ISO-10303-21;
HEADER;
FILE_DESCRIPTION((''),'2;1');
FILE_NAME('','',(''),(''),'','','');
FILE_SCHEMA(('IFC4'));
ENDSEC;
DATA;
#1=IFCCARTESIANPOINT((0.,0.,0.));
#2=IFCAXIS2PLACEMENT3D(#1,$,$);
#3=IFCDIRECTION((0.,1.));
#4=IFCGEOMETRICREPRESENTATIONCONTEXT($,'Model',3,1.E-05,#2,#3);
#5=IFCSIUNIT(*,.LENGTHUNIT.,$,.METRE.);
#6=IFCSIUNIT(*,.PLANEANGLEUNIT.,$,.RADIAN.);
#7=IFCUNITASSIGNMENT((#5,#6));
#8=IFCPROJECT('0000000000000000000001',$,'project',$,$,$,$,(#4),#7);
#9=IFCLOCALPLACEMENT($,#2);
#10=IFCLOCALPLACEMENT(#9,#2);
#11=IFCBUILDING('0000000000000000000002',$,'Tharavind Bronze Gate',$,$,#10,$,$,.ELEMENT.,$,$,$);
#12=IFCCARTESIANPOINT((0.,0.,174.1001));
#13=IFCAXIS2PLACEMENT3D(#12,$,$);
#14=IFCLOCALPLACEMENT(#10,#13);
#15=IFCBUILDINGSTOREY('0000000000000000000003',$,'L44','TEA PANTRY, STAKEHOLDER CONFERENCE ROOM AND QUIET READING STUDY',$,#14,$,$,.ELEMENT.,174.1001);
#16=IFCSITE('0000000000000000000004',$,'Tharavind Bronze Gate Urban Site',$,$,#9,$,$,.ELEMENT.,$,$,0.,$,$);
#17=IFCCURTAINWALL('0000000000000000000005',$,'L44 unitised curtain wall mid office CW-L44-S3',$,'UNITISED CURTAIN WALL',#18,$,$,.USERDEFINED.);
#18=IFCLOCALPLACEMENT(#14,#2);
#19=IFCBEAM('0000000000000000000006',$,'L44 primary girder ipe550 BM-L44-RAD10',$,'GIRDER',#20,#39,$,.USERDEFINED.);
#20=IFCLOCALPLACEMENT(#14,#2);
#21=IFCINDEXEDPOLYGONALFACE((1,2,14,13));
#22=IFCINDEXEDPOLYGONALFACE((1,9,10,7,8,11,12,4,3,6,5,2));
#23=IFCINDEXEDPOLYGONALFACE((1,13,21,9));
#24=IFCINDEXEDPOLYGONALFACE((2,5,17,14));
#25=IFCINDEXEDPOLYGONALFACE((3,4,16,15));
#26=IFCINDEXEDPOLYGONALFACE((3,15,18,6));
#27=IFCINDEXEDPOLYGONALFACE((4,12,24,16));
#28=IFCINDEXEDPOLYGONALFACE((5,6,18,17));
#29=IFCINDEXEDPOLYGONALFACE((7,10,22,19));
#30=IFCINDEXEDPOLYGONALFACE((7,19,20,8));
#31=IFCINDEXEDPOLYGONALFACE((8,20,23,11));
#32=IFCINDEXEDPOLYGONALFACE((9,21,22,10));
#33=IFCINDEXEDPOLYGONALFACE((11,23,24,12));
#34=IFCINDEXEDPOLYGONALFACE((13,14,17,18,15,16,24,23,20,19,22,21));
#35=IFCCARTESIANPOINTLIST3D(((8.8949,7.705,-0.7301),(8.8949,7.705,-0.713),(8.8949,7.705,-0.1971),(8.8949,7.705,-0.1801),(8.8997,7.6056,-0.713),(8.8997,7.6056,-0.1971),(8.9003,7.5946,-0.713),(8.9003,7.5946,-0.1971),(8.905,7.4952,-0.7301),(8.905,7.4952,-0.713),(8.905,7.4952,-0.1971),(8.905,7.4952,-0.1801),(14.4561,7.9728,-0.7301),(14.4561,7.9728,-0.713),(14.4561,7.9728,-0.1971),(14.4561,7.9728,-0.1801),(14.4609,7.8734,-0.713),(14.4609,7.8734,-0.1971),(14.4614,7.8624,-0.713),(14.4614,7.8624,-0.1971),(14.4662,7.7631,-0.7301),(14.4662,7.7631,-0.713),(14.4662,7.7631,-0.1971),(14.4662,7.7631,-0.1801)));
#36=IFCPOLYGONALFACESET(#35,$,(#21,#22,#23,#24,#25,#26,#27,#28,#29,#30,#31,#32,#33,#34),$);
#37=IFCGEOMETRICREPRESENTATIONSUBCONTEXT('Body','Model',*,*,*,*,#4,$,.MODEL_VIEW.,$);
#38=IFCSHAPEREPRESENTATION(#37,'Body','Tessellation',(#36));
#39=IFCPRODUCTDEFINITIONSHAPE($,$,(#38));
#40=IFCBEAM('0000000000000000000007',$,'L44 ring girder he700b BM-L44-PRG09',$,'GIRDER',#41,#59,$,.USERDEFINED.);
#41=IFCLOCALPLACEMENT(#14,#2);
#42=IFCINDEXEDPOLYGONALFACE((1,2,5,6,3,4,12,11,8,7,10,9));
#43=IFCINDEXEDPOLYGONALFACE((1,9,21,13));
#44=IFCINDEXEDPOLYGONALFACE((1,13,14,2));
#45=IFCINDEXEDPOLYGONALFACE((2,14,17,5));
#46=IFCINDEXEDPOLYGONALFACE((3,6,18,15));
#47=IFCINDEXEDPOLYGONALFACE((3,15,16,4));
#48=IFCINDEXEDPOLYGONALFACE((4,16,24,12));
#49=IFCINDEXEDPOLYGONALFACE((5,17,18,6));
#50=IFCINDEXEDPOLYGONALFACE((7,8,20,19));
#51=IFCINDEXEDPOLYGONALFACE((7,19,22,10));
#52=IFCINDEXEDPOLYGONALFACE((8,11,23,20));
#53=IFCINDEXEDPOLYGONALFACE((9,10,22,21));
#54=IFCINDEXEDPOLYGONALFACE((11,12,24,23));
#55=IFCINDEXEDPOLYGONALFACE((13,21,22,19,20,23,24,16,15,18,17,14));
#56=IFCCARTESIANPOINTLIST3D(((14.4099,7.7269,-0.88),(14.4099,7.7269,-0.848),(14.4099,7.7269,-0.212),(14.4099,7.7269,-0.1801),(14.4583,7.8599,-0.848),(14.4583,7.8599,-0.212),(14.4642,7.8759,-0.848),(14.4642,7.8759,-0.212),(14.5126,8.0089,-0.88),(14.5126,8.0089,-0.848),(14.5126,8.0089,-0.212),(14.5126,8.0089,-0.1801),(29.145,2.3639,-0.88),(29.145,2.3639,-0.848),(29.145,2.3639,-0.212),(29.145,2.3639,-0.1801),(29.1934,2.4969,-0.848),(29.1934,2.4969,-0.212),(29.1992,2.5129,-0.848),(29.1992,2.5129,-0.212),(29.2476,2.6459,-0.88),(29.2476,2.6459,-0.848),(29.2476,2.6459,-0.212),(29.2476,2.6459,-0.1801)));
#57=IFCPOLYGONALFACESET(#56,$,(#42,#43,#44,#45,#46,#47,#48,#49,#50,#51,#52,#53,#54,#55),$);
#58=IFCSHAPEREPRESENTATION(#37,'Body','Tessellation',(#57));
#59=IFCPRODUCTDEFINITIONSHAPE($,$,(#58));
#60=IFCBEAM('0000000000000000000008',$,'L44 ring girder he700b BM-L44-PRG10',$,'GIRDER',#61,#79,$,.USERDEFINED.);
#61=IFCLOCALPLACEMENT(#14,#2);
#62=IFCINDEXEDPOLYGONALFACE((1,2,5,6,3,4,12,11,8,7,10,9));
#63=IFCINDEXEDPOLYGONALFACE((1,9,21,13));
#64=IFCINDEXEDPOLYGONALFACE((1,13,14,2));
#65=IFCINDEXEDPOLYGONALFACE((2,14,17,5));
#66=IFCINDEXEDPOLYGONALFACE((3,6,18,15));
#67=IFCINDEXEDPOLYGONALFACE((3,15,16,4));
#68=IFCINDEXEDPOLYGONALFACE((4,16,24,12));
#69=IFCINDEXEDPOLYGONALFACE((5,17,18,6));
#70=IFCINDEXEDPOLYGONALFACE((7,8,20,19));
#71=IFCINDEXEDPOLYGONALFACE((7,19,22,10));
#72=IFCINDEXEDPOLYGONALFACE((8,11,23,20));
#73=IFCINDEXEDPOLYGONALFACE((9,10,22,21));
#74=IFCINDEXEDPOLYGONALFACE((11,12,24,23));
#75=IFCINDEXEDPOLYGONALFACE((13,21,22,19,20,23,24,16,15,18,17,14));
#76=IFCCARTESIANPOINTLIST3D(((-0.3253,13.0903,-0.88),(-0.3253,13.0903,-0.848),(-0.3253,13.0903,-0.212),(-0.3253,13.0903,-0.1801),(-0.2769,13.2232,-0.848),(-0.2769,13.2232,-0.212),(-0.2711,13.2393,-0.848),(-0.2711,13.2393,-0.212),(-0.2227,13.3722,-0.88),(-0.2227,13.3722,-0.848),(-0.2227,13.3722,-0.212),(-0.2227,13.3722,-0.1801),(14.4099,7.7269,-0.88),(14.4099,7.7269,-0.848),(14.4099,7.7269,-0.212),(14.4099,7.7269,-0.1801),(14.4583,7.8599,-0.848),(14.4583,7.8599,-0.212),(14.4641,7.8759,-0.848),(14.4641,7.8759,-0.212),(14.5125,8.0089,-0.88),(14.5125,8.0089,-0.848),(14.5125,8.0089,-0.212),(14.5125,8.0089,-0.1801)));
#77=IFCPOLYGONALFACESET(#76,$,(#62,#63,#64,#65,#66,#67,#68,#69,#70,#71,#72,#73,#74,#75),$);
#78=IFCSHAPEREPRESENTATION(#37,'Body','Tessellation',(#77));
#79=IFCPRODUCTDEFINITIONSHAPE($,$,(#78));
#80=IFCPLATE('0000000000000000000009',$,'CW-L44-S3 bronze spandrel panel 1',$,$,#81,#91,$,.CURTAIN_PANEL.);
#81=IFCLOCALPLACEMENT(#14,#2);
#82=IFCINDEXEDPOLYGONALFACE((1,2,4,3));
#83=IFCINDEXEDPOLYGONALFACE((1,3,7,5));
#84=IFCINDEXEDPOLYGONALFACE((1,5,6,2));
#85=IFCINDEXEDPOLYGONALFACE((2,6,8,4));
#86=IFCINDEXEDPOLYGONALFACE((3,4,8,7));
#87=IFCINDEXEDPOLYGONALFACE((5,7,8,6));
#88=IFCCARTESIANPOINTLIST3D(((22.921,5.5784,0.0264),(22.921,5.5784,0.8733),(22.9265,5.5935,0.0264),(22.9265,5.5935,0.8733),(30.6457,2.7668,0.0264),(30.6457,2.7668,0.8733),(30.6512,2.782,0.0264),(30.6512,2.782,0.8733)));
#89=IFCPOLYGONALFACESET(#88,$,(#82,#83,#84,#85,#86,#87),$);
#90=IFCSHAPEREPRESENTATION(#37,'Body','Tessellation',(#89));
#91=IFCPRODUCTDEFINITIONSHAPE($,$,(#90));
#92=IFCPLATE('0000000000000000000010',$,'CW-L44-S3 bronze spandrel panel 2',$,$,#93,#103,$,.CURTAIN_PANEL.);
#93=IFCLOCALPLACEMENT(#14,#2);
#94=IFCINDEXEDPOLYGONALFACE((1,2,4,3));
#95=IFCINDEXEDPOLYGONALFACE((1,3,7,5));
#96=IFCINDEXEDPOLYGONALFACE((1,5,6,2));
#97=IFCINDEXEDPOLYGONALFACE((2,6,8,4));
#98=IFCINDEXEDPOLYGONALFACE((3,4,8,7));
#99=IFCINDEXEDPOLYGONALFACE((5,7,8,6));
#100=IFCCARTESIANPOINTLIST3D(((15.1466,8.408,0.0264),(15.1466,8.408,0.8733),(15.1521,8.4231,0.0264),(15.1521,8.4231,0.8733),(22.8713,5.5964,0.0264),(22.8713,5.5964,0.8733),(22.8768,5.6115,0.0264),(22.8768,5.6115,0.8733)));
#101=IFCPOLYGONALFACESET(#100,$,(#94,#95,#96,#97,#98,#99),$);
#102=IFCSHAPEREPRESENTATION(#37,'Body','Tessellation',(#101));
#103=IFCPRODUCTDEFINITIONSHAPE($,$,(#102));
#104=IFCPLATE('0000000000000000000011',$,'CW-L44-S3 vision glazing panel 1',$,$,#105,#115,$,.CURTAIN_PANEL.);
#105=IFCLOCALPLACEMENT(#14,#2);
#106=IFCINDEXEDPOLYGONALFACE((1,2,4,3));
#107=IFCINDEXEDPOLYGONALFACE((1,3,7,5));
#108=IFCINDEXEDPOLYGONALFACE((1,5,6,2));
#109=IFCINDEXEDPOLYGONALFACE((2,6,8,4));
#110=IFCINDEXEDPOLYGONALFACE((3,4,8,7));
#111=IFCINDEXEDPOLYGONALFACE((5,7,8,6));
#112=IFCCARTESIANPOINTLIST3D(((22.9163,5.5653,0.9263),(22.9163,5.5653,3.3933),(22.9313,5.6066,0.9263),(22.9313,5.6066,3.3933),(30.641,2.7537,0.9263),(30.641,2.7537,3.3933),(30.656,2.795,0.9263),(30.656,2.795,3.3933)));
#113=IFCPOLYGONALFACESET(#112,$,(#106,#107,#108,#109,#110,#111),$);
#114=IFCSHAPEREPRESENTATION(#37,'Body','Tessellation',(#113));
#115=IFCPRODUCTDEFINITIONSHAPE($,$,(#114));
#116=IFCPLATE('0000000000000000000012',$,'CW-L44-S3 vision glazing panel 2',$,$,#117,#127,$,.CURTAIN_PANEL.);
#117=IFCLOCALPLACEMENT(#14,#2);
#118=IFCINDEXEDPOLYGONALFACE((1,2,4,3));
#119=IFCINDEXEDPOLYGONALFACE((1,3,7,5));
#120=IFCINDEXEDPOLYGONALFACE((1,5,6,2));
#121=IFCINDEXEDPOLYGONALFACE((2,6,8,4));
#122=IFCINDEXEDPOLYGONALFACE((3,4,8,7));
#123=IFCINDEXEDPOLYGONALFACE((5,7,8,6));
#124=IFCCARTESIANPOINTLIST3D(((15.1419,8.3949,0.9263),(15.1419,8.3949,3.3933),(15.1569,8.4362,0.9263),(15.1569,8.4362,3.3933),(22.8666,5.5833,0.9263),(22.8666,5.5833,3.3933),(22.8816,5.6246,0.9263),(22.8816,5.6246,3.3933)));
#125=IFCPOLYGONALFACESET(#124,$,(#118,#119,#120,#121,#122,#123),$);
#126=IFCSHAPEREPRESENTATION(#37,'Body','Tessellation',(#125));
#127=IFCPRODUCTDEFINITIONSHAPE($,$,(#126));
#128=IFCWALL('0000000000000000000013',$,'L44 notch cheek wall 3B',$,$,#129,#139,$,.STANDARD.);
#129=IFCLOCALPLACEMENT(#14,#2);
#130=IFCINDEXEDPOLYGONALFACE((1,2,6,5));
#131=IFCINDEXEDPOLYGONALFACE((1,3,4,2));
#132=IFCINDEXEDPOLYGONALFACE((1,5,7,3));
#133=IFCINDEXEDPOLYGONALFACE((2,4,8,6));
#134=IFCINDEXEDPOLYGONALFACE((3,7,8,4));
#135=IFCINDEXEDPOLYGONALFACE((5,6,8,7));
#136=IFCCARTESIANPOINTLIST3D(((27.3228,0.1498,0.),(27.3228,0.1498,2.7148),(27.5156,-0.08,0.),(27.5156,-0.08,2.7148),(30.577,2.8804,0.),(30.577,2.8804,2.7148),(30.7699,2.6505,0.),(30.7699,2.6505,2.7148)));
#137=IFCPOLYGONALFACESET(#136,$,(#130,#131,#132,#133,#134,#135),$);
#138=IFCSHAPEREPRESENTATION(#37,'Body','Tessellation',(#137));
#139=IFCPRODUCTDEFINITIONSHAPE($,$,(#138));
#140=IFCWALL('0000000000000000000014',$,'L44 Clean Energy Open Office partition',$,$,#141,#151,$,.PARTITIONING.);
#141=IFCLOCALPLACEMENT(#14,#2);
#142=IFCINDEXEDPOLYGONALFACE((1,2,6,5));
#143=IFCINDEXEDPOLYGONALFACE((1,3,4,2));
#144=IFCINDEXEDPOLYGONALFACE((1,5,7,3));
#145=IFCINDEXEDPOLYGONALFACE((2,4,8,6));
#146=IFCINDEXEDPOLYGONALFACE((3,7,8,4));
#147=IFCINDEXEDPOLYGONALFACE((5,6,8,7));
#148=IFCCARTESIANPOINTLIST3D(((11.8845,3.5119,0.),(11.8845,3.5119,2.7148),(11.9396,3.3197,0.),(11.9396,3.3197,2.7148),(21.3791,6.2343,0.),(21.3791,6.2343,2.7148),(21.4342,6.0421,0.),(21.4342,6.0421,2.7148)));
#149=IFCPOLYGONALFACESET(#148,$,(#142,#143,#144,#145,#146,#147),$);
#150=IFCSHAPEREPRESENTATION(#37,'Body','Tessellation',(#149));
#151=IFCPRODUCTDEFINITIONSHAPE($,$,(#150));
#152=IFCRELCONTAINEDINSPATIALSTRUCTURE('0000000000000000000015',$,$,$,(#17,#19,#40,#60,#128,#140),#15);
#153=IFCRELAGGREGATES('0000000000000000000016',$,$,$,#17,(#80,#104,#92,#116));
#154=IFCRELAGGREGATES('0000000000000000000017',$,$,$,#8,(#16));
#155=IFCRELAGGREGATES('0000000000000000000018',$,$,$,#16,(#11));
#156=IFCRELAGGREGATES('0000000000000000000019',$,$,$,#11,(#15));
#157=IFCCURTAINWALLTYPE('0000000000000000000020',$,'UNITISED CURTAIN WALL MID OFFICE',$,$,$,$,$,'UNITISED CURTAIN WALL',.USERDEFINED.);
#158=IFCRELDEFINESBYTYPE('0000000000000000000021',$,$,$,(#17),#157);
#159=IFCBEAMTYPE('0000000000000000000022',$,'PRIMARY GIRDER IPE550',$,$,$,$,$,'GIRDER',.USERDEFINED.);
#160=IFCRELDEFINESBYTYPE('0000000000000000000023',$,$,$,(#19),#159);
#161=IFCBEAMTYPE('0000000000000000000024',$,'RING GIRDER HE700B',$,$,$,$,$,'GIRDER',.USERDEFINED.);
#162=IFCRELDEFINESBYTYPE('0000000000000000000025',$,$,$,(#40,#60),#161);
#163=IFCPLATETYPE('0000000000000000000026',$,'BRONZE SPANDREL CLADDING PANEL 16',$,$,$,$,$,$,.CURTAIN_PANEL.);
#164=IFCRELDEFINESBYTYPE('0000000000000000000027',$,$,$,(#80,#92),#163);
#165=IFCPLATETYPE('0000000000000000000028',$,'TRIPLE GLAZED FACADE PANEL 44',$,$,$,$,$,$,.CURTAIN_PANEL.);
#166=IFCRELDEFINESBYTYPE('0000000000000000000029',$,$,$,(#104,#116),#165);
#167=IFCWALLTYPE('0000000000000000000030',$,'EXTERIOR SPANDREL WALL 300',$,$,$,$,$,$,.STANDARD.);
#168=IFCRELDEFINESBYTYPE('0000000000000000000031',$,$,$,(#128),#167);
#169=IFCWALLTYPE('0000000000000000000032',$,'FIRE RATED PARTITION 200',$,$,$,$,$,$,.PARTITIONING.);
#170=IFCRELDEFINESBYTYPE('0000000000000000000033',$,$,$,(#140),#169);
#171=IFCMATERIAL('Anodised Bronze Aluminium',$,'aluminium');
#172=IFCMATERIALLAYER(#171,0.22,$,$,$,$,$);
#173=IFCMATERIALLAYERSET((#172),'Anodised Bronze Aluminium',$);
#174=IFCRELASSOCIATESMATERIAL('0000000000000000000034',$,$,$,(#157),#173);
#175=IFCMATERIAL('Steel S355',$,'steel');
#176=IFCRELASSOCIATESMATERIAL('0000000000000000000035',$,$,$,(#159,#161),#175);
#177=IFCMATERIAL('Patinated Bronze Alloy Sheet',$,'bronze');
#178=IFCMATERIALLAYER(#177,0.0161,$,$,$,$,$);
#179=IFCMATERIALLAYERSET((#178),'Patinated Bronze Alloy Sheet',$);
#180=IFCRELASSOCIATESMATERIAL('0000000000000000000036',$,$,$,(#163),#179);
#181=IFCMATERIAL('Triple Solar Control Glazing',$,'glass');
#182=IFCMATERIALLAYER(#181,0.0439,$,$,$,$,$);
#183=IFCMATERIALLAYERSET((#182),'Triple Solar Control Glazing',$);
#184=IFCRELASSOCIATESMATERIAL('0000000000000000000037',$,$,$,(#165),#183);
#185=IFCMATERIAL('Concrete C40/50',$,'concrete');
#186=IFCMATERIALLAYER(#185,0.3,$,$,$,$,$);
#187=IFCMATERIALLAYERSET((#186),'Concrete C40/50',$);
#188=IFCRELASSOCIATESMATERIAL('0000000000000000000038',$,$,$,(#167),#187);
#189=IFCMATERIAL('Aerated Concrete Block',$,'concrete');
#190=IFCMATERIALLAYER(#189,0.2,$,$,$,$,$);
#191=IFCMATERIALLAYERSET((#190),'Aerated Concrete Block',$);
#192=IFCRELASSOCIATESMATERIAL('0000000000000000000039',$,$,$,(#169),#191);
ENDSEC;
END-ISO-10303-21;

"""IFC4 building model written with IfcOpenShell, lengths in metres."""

from ifc_helpers import new_model, si_unit, direction, frame, frame_2d, origin, origin_2d, place, context, subcontext, project, spatial, rectangle, i_section, extrude, material, layer, layer_set, material_profile, profile_set, type_object, element, aggregate, save


model = new_model("IFC4")

# Units and contexts
model_context = context("Model", 3, precision=1e-05, world=origin(), true_north=direction((0.0, 1.0)))
body_context = subcontext(model_context, "Body", "Model", "MODEL_VIEW")
ifc_project = project(units=[si_unit("LENGTHUNIT", "METRE"), si_unit("PLANEANGLEUNIT", "RADIAN")], contexts=[model_context])

# Site, building, storey
site_placement = place(None, origin())
site = spatial("IfcSite", under=ifc_project, at=site_placement, Name="Tharavind Bronze Gate Urban Site", CompositionType="ELEMENT", RefElevation=0.0)
building_placement = place(site_placement, origin())
building = spatial("IfcBuilding", under=site, at=building_placement, Name="Tharavind Bronze Gate", CompositionType="ELEMENT")
storey_placement = place(building_placement, frame((0.0, 0.0, 174.1001)))
storey = spatial("IfcBuildingStorey", under=building, at=storey_placement, Name="L44", Description="TEA PANTRY, STAKEHOLDER CONFERENCE ROOM AND QUIET READING STUDY", CompositionType="ELEMENT", Elevation=174.1001)

# Curtain wall
ifc_material_1 = material(Name="Anodised Bronze Aluminium", Category="aluminium")
ifc_layer_1 = layer(ifc_material_1, 0.22)
ifc_layer_set_1 = layer_set([ifc_layer_1], Name="Anodised Bronze Aluminium")
curtain_wall_type = type_object("IfcCurtainWallType", Name="UNITISED CURTAIN WALL MID OFFICE", ElementType="UNITISED CURTAIN WALL", PredefinedType="USERDEFINED", material=ifc_layer_set_1)
curtain_wall_placement = place(storey_placement, origin())
curtain_wall = element("IfcCurtainWall", 1, at=curtain_wall_placement, inside=storey, type_object=curtain_wall_type, Name="L44 unitised curtain wall mid office CW-L44-S3", ObjectType="UNITISED CURTAIN WALL", PredefinedType="USERDEFINED")

# Beams
ifc_material_2 = material(Name="Steel S355", Category="steel")
ifc_material_profile_1 = material_profile(ifc_material_2, i_section(OverallWidth=0.21, OverallDepth=0.55, WebThickness=0.011, FlangeThickness=0.0171, at=origin_2d()), Name="IPE550")
ifc_profile_set_1 = profile_set([ifc_material_profile_1], Name="Steel S355")
beam_type_1 = type_object("IfcBeamType", Name="PRIMARY GIRDER IPE550", ElementType="GIRDER", PredefinedType="USERDEFINED", material=ifc_profile_set_1)
beam_1_placement = place(storey_placement, frame((14.4612, 7.8679, -0.4551), z_axis=(-0.998842, -0.048103, 0.0), x_axis=(0.048103, -0.998842, 0.0)))
element("IfcBeam", 2, at=beam_1_placement, inside=storey, type_object=beam_type_1, Name="L44 primary girder ipe550 BM-L44-RAD10", ObjectType="GIRDER", PredefinedType="USERDEFINED", context=body_context, shape_type="SweptSolid", body=[
    extrude(i_section(OverallWidth=0.21, OverallDepth=0.55, WebThickness=0.011, FlangeThickness=0.0171, at=origin_2d()), origin(), (0.0, 0.0, 1.0), 5.5676),
])
ifc_material_profile_2 = material_profile(ifc_material_2, i_section(OverallWidth=0.3, OverallDepth=0.7, WebThickness=0.0171, FlangeThickness=0.032, at=origin_2d()), Name="HE700B")
ifc_profile_set_2 = profile_set([ifc_material_profile_2], Name="Steel S355")
beam_type_2 = type_object("IfcBeamType", Name="RING GIRDER HE700B", ElementType="GIRDER", PredefinedType="USERDEFINED", material=ifc_profile_set_2)
beam_2_placement = place(storey_placement, frame((29.1963, 2.5049, -0.53), z_axis=(-0.939695, 0.342014, 0.0), x_axis=(-0.342014, -0.939695, 0.0)))
element("IfcBeam", 3, at=beam_2_placement, inside=storey, type_object=beam_type_2, Name="L44 ring girder he700b BM-L44-PRG09", ObjectType="GIRDER", PredefinedType="USERDEFINED", context=body_context, shape_type="SweptSolid", body=[
    extrude(i_section(OverallWidth=0.3, OverallDepth=0.7, WebThickness=0.0171, FlangeThickness=0.032, at=origin_2d()), origin(), (0.0, 0.0, 1.0), 15.6807),
])
beam_3_placement = place(storey_placement, frame((14.4612, 7.8679, -0.53), z_axis=(-0.93969, 0.342028, 0.0), x_axis=(-0.342028, -0.93969, 0.0)))
element("IfcBeam", 4, at=beam_3_placement, inside=storey, type_object=beam_type_2, Name="L44 ring girder he700b BM-L44-PRG10", ObjectType="GIRDER", PredefinedType="USERDEFINED", context=body_context, shape_type="SweptSolid", body=[
    extrude(i_section(OverallWidth=0.3, OverallDepth=0.7, WebThickness=0.0171, FlangeThickness=0.032, at=origin_2d()), origin(), (0.0, 0.0, 1.0), 15.6809),
])

# Plates
ifc_material_3 = material(Name="Patinated Bronze Alloy Sheet", Category="bronze")
ifc_layer_2 = layer(ifc_material_3, 0.0161)
ifc_layer_set_2 = layer_set([ifc_layer_2], Name="Patinated Bronze Alloy Sheet")
plate_type_1 = type_object("IfcPlateType", Name="BRONZE SPANDREL CLADDING PANEL 16", PredefinedType="CURTAIN_PANEL", material=ifc_layer_set_2)
plate_1_placement = place(storey_placement, frame((26.7861, 4.1802, 0.0264), z_axis=(0.0, 0.0, 1.0), x_axis=(-0.939692, 0.342022, 0.0)))
plate_1 = element("IfcPlate", 5, at=plate_1_placement, type_object=plate_type_1, Name="CW-L44-S3 bronze spandrel panel 1", PredefinedType="CURTAIN_PANEL", context=body_context, shape_type="SweptSolid", body=[
    extrude(rectangle(XDim=8.2205, YDim=0.0161, at=origin_2d()), origin(), (0.0, 0.0, 1.0), 0.8469),
])
plate_2_placement = place(storey_placement, frame((19.0117, 7.0098, 0.0264), z_axis=(0.0, 0.0, 1.0), x_axis=(-0.939692, 0.342022, 0.0)))
plate_2 = element("IfcPlate", 6, at=plate_2_placement, type_object=plate_type_1, Name="CW-L44-S3 bronze spandrel panel 2", PredefinedType="CURTAIN_PANEL", context=body_context, shape_type="SweptSolid", body=[
    extrude(rectangle(XDim=8.2205, YDim=0.0161, at=origin_2d()), origin(), (0.0, 0.0, 1.0), 0.8469),
])
ifc_material_4 = material(Name="Triple Solar Control Glazing", Category="glass")
ifc_layer_3 = layer(ifc_material_4, 0.0439)
ifc_layer_set_3 = layer_set([ifc_layer_3], Name="Triple Solar Control Glazing")
plate_type_2 = type_object("IfcPlateType", Name="TRIPLE GLAZED FACADE PANEL 44", PredefinedType="CURTAIN_PANEL", material=ifc_layer_set_3)
plate_3_placement = place(storey_placement, frame((26.7861, 4.1802, 0.9263), z_axis=(0.0, 0.0, 1.0), x_axis=(-0.939692, 0.342022, 0.0)))
plate_3 = element("IfcPlate", 7, at=plate_3_placement, type_object=plate_type_2, Name="CW-L44-S3 vision glazing panel 1", PredefinedType="CURTAIN_PANEL", context=body_context, shape_type="SweptSolid", body=[
    extrude(rectangle(XDim=8.2205, YDim=0.0439, at=origin_2d()), origin(), (0.0, 0.0, 1.0), 2.467),
])
plate_4_placement = place(storey_placement, frame((19.0117, 7.0098, 0.9263), z_axis=(0.0, 0.0, 1.0), x_axis=(-0.939692, 0.342022, 0.0)))
plate_4 = element("IfcPlate", 8, at=plate_4_placement, type_object=plate_type_2, Name="CW-L44-S3 vision glazing panel 2", PredefinedType="CURTAIN_PANEL", context=body_context, shape_type="SweptSolid", body=[
    extrude(rectangle(XDim=8.2205, YDim=0.0439, at=origin_2d()), origin(), (0.0, 0.0, 1.0), 2.467),
])
aggregate(curtain_wall, [plate_1, plate_3, plate_2, plate_4])

# Walls
ifc_material_5 = material(Name="Concrete C40/50", Category="concrete")
ifc_layer_4 = layer(ifc_material_5, 0.3)
ifc_layer_set_4 = layer_set([ifc_layer_4], Name="Concrete C40/50")
wall_type_1 = type_object("IfcWallType", Name="EXTERIOR SPANDREL WALL 300", PredefinedType="STANDARD", material=ifc_layer_set_4)
wall_1_placement = place(storey_placement, frame((27.4192, 0.0349, 0.0), z_axis=(0.0, 0.0, 1.0), x_axis=(0.766055, 0.642776, 0.0)))
element("IfcWall", 9, at=wall_1_placement, inside=storey, type_object=wall_type_1, Name="L44 notch cheek wall 3B", PredefinedType="STANDARD", context=body_context, shape_type="SweptSolid", body=[
    extrude(rectangle(XDim=4.248, YDim=0.3, at=frame_2d((2.124, 0.0))), origin(), (0.0, 0.0, 1.0), 2.7148),
])
ifc_material_6 = material(Name="Aerated Concrete Block", Category="concrete")
ifc_layer_5 = layer(ifc_material_6, 0.2)
ifc_layer_set_5 = layer_set([ifc_layer_5], Name="Aerated Concrete Block")
wall_type_2 = type_object("IfcWallType", Name="FIRE RATED PARTITION 200", PredefinedType="PARTITIONING", material=ifc_layer_set_5)
wall_2_placement = place(storey_placement, frame((21.4065, 6.1382, 0.0), z_axis=(0.0, 0.0, 1.0), x_axis=(-0.961265, -0.275625, 0.0)))
element("IfcWall", 10, at=wall_2_placement, inside=storey, type_object=wall_type_2, Name="L44 Clean Energy Open Office partition", PredefinedType="PARTITIONING", context=body_context, shape_type="SweptSolid", body=[
    extrude(rectangle(XDim=9.8772, YDim=0.2, at=frame_2d((4.9385, 0.0))), origin(), (0.0, 0.0, 1.0), 2.7148),
])

save(model, "model.ifc")
